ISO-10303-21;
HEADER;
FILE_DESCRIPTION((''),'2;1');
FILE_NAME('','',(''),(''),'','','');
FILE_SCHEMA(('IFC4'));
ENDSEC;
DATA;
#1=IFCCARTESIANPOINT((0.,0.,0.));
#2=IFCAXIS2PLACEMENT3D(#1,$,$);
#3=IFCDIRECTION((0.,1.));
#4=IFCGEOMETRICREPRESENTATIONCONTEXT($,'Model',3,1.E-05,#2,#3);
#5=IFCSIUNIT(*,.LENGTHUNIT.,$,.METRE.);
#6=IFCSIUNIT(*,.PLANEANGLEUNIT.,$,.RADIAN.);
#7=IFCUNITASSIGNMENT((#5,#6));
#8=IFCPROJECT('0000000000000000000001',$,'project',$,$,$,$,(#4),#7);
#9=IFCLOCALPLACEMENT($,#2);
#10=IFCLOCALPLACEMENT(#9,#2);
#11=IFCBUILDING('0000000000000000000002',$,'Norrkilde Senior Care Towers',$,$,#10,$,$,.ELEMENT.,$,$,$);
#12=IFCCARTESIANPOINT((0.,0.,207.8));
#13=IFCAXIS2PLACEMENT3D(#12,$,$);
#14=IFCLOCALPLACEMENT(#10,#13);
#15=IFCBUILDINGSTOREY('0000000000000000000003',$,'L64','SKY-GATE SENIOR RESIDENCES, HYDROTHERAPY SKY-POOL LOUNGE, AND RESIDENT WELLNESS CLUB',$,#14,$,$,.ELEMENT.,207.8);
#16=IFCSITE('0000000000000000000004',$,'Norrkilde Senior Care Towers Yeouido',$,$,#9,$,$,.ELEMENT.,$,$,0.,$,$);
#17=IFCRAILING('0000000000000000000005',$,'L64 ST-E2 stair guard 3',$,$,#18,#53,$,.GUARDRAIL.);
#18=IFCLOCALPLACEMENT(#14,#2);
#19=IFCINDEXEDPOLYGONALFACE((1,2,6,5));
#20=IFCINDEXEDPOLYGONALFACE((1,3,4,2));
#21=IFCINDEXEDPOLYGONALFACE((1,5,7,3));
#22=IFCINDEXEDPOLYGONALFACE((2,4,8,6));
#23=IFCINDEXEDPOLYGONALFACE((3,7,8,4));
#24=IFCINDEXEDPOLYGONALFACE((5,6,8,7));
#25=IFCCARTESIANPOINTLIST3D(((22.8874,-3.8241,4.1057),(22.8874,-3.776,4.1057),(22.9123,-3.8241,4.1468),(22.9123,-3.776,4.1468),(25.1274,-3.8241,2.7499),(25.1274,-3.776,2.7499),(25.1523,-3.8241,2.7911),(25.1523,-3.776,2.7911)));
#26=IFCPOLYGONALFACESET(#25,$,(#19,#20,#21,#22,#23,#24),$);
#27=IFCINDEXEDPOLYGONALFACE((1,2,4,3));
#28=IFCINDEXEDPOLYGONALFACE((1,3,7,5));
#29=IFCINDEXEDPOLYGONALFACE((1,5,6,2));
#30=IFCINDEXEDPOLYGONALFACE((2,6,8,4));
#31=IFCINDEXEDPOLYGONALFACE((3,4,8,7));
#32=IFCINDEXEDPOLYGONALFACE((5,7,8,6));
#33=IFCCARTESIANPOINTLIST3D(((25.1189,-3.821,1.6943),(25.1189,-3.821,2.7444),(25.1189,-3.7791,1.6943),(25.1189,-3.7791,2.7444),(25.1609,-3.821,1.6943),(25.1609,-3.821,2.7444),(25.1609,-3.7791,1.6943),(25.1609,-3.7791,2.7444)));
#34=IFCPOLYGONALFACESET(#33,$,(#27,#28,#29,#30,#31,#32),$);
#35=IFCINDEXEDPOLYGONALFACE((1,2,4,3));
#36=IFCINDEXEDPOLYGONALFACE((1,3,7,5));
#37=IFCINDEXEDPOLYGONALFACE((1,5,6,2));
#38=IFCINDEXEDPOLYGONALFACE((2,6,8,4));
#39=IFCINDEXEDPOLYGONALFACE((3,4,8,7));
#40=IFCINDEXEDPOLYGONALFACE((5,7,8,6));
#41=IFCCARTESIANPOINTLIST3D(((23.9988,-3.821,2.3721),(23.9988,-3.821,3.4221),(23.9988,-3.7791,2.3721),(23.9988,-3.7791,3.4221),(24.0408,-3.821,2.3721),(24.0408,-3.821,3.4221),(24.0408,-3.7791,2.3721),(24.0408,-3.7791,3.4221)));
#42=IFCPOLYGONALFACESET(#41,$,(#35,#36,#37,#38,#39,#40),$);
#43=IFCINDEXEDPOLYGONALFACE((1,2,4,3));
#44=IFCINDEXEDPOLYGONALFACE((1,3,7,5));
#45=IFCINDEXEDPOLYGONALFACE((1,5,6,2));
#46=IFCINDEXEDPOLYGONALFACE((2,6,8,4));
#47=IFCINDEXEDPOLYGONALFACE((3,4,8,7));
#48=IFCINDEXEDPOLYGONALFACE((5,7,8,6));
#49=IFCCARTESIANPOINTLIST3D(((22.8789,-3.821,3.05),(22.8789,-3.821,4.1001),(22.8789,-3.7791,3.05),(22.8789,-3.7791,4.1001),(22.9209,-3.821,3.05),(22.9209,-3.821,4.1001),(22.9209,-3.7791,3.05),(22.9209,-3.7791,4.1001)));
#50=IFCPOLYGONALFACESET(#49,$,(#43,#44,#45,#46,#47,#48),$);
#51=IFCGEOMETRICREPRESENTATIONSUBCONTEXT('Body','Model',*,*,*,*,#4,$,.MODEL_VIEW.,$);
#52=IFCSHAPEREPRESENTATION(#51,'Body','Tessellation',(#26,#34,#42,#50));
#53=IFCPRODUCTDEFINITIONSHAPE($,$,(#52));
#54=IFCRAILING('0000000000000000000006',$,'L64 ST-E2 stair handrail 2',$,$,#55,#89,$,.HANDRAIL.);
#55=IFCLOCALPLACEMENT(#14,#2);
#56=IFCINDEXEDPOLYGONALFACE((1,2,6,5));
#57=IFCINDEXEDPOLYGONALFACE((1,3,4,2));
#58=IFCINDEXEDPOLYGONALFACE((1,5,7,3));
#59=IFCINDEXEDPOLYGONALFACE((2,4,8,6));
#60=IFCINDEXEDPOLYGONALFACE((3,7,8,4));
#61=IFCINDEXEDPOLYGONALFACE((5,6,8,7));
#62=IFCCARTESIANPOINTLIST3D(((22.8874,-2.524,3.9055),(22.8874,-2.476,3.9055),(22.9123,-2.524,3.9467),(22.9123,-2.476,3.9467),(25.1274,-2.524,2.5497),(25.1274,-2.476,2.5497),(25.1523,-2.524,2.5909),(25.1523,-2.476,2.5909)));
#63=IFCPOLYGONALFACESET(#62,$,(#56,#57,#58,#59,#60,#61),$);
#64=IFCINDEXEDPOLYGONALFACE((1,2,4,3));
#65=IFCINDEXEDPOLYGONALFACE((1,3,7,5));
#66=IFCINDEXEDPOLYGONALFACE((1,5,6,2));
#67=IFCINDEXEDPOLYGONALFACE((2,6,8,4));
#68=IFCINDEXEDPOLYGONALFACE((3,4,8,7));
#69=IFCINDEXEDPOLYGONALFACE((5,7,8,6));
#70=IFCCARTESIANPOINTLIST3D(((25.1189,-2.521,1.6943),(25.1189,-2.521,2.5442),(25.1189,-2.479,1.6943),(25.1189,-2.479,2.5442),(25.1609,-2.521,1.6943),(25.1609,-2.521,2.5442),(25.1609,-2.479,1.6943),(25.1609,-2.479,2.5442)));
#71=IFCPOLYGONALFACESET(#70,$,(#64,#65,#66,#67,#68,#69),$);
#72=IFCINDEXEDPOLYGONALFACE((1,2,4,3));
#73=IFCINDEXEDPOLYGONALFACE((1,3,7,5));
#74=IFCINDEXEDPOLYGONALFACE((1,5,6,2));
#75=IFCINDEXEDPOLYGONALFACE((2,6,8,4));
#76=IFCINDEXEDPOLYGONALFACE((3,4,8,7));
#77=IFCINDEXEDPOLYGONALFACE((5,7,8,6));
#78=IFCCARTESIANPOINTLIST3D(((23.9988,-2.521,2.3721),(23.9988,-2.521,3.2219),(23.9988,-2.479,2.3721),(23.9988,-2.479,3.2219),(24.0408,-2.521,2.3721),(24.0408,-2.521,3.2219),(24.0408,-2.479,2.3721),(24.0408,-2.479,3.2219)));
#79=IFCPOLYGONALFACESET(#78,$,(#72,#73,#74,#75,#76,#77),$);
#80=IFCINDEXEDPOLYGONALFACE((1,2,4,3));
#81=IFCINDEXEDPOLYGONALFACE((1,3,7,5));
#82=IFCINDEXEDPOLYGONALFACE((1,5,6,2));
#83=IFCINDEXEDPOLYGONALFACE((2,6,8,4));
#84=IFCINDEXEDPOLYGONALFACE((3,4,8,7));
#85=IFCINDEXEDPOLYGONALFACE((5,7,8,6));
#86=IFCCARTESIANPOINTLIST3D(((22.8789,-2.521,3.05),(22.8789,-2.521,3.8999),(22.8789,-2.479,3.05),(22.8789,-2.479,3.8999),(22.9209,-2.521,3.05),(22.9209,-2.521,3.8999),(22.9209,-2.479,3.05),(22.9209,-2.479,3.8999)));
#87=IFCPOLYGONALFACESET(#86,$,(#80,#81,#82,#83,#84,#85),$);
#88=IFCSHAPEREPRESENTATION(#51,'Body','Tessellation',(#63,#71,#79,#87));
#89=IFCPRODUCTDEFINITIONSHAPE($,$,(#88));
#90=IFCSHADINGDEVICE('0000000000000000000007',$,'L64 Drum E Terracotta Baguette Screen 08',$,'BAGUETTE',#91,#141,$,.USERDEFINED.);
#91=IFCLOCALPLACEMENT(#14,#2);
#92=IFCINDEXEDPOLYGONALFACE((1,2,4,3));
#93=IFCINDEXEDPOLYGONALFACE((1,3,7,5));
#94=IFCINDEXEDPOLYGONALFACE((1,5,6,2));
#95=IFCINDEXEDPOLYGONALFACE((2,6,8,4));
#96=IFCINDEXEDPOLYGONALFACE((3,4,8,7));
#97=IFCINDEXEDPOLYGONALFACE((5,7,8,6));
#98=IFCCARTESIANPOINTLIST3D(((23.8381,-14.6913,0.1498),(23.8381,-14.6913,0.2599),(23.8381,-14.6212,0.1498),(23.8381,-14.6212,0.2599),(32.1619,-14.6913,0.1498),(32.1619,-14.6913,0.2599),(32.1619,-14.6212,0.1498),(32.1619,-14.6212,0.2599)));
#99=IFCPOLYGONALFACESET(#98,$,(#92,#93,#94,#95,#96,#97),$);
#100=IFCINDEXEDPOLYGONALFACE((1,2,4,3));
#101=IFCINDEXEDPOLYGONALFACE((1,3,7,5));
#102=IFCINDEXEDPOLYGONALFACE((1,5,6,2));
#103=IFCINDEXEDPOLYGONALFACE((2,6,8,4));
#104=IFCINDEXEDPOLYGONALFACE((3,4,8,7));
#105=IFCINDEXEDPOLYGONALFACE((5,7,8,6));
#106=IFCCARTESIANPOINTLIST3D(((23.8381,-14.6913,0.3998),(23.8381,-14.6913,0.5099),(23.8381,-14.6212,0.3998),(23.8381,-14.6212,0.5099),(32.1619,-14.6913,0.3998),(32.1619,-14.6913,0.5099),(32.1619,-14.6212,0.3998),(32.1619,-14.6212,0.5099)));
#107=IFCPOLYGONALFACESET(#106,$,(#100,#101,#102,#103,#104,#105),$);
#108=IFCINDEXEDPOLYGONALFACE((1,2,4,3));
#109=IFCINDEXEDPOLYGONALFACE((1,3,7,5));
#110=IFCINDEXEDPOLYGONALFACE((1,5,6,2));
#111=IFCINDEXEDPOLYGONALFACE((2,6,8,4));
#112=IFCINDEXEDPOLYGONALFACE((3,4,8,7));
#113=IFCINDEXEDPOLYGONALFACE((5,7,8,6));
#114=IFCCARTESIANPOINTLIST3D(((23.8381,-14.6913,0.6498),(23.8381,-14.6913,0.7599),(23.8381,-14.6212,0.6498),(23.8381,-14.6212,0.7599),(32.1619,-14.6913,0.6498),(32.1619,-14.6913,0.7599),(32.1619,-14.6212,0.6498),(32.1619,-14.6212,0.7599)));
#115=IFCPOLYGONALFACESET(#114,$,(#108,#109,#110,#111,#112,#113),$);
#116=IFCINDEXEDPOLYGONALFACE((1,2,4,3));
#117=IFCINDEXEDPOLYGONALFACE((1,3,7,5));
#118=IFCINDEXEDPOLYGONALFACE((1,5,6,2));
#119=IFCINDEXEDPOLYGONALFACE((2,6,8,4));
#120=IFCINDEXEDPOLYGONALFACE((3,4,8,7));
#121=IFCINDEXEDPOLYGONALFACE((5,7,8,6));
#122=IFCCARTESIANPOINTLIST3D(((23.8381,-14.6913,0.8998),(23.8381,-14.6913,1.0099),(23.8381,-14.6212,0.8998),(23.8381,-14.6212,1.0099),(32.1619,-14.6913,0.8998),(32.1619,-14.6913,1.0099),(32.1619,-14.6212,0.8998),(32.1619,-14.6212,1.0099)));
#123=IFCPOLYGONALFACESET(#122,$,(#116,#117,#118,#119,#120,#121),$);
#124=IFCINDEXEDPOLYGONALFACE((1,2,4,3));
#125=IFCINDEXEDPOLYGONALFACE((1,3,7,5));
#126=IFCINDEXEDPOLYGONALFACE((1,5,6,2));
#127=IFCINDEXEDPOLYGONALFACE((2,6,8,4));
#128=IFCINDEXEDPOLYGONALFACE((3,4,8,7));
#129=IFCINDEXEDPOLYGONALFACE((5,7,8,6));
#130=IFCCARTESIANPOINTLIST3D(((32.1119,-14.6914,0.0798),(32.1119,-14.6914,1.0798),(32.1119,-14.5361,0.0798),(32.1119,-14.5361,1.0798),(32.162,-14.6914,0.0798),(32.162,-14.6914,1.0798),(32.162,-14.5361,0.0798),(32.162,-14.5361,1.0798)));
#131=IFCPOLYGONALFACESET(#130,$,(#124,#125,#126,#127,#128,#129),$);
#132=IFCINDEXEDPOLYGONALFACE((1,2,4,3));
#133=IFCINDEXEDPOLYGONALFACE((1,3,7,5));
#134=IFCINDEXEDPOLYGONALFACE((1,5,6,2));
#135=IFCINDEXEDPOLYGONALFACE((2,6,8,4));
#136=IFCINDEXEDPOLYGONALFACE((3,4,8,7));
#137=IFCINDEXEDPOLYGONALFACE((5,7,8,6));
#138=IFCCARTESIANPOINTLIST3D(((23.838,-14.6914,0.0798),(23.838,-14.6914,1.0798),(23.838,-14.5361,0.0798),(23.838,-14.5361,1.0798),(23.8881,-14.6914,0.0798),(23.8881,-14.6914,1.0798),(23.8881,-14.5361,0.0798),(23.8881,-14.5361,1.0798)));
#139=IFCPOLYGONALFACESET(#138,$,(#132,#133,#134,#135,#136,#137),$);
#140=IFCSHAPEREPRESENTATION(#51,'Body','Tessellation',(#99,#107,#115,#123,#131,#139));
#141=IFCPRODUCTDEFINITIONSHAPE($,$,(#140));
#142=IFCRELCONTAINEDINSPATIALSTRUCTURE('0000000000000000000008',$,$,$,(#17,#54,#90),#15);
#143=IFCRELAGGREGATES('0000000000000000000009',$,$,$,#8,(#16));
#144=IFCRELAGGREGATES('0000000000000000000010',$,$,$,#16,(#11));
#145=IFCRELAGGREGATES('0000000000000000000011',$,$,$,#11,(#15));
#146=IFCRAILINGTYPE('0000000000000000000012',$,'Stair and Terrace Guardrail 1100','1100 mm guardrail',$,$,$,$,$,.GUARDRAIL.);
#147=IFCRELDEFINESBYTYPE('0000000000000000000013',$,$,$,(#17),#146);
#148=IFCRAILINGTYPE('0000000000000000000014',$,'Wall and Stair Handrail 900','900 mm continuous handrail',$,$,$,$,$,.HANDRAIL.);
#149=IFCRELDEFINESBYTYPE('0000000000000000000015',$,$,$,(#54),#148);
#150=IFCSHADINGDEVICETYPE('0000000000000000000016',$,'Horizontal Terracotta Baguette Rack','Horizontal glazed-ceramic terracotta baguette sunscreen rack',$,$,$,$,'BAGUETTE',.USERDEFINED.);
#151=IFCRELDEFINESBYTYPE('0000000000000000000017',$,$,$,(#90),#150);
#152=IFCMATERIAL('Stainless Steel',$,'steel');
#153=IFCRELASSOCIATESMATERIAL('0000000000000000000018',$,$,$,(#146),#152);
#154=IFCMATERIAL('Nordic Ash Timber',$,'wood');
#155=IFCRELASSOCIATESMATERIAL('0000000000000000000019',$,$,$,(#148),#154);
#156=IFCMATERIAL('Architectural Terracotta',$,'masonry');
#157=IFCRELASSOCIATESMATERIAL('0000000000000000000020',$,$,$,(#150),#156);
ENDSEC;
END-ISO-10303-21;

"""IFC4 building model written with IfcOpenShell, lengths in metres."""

from ifc_helpers import new_model, si_unit, direction, frame, origin, origin_2d, place, context, subcontext, project, spatial, rectangle, extrude, source, transform, mapped, material, type_object, type_shapes, element, save


model = new_model("IFC4")

# Units and contexts
model_context = context("Model", 3, precision=1e-05, world=origin(), true_north=direction((0.0, 1.0)))
body_context = subcontext(model_context, "Body", "Model", "MODEL_VIEW")
ifc_project = project(units=[si_unit("LENGTHUNIT", "METRE"), si_unit("PLANEANGLEUNIT", "RADIAN")], contexts=[model_context])

# Site, building, storey
site_placement = place(None, origin())
site = spatial("IfcSite", under=ifc_project, at=site_placement, Name="Norrkilde Senior Care Towers Yeouido", CompositionType="ELEMENT", RefElevation=0.0)
building_placement = place(site_placement, origin())
building = spatial("IfcBuilding", under=site, at=building_placement, Name="Norrkilde Senior Care Towers", CompositionType="ELEMENT")
storey_placement = place(building_placement, frame((0.0, 0.0, 207.8)))
storey = spatial("IfcBuildingStorey", under=building, at=storey_placement, Name="L64", Description="SKY-GATE SENIOR RESIDENCES, HYDROTHERAPY SKY-POOL LOUNGE, AND RESIDENT WELLNESS CLUB", CompositionType="ELEMENT", Elevation=207.8)

# Shared definitions
ifc_material_1 = material(Name="Stainless Steel", Category="steel")

# Shared definitions
ifc_material_2 = material(Name="Nordic Ash Timber", Category="wood")

# Railings
railing_type_1 = type_object("IfcRailingType", Name="Stair and Terrace Guardrail 1100", Description="1100 mm guardrail", PredefinedType="GUARDRAIL", material=ifc_material_1)
railing_1_placement = place(storey_placement, frame((25.1399, -3.8, 1.6943)))
element("IfcRailing", 1, at=railing_1_placement, inside=storey, type_object=railing_type_1, Name="L64 ST-E2 stair guard 3", PredefinedType="GUARDRAIL", context=body_context, shape_type="SweptSolid", body=[
    extrude(rectangle(XDim=0.0481, YDim=0.0481, at=origin_2d()), frame((0.0, 0.0, 1.0762), z_axis=(-0.855512, 0.0, 0.517783), x_axis=(0.0, -1.0, 0.0)), (0.0, 0.0, 1.0), 2.6184),
    extrude(rectangle(XDim=0.042, YDim=0.042, at=origin_2d()), origin(), (0.0, 0.0, 1.0), 1.05),
    extrude(rectangle(XDim=0.042, YDim=0.042, at=origin_2d()), frame((-1.1201, 0.0, 0.6777)), (0.0, 0.0, 1.0), 1.05),
    extrude(rectangle(XDim=0.042, YDim=0.042, at=origin_2d()), frame((-2.24, 0.0, 1.3557)), (0.0, 0.0, 1.0), 1.05),
])
railing_type_2 = type_object("IfcRailingType", Name="Wall and Stair Handrail 900", Description="900 mm continuous handrail", PredefinedType="HANDRAIL", material=ifc_material_2)
railing_2_placement = place(storey_placement, frame((25.1399, -2.5, 1.6943)))
element("IfcRailing", 2, at=railing_2_placement, inside=storey, type_object=railing_type_2, Name="L64 ST-E2 stair handrail 2", PredefinedType="HANDRAIL", context=body_context, shape_type="SweptSolid", body=[
    extrude(rectangle(XDim=0.0481, YDim=0.0481, at=origin_2d()), frame((0.0, 0.0, 0.876), z_axis=(-0.855512, 0.0, 0.517783), x_axis=(0.0, -1.0, 0.0)), (0.0, 0.0, 1.0), 2.6184),
    extrude(rectangle(XDim=0.042, YDim=0.042, at=origin_2d()), origin(), (0.0, 0.0, 1.0), 0.8499),
    extrude(rectangle(XDim=0.042, YDim=0.042, at=origin_2d()), frame((-1.1201, 0.0, 0.6777)), (0.0, 0.0, 1.0), 0.8499),
    extrude(rectangle(XDim=0.042, YDim=0.042, at=origin_2d()), frame((-2.24, 0.0, 1.3557)), (0.0, 0.0, 1.0), 0.8499),
])

# Shading device
ifc_material_3 = material(Name="Architectural Terracotta", Category="masonry")
shading_device_type = type_object("IfcShadingDeviceType", Name="Horizontal Terracotta Baguette Rack", Description="Horizontal glazed-ceramic terracotta baguette sunscreen rack", ElementType="BAGUETTE", PredefinedType="USERDEFINED", material=ifc_material_3)
shared_shape_1 = source(origin(), body_context, "Body", "SweptSolid", [
    extrude(rectangle(XDim=0.0701, YDim=0.1101, at=origin_2d()), frame((0.0, 0.0901, 0.125), z_axis=(1.0, 0.0, 0.0), x_axis=(0.0, 1.0, 0.0)), (0.0, 0.0, 1.0), 8.3237),
    extrude(rectangle(XDim=0.0701, YDim=0.1101, at=origin_2d()), frame((0.0, 0.0901, 0.375), z_axis=(1.0, 0.0, 0.0), x_axis=(0.0, 1.0, 0.0)), (0.0, 0.0, 1.0), 8.3237),
    extrude(rectangle(XDim=0.0701, YDim=0.1101, at=origin_2d()), frame((0.0, 0.0901, 0.625), z_axis=(1.0, 0.0, 0.0), x_axis=(0.0, 1.0, 0.0)), (0.0, 0.0, 1.0), 8.3237),
    extrude(rectangle(XDim=0.0701, YDim=0.1101, at=origin_2d()), frame((0.0, 0.0901, 0.875), z_axis=(1.0, 0.0, 0.0), x_axis=(0.0, 1.0, 0.0)), (0.0, 0.0, 1.0), 8.3237),
    extrude(rectangle(XDim=0.05, YDim=0.1553, at=origin_2d()), frame((0.0249, 0.0476, 0.0)), (0.0, 0.0, 1.0), 1.0),
    extrude(rectangle(XDim=0.05, YDim=0.1553, at=origin_2d()), frame((8.2988, 0.0476, 0.0)), (0.0, 0.0, 1.0), 1.0),
])
type_shapes(shading_device_type, [shared_shape_1])
shading_device_placement = place(storey_placement, frame((32.1619, -14.5662, 0.0798), z_axis=(0.0, 0.0, 1.0), x_axis=(-1.0, 0.0, 0.0)))
element("IfcShadingDevice", 3, at=shading_device_placement, inside=storey, type_object=shading_device_type, Name="L64 Drum E Terracotta Baguette Screen 08", ObjectType="BAGUETTE", PredefinedType="USERDEFINED", context=body_context, shape_type="MappedRepresentation", body=[
    mapped(shared_shape_1, transform((0.0, 0.0, 0.0), x_axis=(1.0, 0.0, 0.0), y_axis=(0.0, 1.0, 0.0), z_axis=(0.0, 0.0, 1.0), scale=1.0)),
])

save(model, "model.ifc")
